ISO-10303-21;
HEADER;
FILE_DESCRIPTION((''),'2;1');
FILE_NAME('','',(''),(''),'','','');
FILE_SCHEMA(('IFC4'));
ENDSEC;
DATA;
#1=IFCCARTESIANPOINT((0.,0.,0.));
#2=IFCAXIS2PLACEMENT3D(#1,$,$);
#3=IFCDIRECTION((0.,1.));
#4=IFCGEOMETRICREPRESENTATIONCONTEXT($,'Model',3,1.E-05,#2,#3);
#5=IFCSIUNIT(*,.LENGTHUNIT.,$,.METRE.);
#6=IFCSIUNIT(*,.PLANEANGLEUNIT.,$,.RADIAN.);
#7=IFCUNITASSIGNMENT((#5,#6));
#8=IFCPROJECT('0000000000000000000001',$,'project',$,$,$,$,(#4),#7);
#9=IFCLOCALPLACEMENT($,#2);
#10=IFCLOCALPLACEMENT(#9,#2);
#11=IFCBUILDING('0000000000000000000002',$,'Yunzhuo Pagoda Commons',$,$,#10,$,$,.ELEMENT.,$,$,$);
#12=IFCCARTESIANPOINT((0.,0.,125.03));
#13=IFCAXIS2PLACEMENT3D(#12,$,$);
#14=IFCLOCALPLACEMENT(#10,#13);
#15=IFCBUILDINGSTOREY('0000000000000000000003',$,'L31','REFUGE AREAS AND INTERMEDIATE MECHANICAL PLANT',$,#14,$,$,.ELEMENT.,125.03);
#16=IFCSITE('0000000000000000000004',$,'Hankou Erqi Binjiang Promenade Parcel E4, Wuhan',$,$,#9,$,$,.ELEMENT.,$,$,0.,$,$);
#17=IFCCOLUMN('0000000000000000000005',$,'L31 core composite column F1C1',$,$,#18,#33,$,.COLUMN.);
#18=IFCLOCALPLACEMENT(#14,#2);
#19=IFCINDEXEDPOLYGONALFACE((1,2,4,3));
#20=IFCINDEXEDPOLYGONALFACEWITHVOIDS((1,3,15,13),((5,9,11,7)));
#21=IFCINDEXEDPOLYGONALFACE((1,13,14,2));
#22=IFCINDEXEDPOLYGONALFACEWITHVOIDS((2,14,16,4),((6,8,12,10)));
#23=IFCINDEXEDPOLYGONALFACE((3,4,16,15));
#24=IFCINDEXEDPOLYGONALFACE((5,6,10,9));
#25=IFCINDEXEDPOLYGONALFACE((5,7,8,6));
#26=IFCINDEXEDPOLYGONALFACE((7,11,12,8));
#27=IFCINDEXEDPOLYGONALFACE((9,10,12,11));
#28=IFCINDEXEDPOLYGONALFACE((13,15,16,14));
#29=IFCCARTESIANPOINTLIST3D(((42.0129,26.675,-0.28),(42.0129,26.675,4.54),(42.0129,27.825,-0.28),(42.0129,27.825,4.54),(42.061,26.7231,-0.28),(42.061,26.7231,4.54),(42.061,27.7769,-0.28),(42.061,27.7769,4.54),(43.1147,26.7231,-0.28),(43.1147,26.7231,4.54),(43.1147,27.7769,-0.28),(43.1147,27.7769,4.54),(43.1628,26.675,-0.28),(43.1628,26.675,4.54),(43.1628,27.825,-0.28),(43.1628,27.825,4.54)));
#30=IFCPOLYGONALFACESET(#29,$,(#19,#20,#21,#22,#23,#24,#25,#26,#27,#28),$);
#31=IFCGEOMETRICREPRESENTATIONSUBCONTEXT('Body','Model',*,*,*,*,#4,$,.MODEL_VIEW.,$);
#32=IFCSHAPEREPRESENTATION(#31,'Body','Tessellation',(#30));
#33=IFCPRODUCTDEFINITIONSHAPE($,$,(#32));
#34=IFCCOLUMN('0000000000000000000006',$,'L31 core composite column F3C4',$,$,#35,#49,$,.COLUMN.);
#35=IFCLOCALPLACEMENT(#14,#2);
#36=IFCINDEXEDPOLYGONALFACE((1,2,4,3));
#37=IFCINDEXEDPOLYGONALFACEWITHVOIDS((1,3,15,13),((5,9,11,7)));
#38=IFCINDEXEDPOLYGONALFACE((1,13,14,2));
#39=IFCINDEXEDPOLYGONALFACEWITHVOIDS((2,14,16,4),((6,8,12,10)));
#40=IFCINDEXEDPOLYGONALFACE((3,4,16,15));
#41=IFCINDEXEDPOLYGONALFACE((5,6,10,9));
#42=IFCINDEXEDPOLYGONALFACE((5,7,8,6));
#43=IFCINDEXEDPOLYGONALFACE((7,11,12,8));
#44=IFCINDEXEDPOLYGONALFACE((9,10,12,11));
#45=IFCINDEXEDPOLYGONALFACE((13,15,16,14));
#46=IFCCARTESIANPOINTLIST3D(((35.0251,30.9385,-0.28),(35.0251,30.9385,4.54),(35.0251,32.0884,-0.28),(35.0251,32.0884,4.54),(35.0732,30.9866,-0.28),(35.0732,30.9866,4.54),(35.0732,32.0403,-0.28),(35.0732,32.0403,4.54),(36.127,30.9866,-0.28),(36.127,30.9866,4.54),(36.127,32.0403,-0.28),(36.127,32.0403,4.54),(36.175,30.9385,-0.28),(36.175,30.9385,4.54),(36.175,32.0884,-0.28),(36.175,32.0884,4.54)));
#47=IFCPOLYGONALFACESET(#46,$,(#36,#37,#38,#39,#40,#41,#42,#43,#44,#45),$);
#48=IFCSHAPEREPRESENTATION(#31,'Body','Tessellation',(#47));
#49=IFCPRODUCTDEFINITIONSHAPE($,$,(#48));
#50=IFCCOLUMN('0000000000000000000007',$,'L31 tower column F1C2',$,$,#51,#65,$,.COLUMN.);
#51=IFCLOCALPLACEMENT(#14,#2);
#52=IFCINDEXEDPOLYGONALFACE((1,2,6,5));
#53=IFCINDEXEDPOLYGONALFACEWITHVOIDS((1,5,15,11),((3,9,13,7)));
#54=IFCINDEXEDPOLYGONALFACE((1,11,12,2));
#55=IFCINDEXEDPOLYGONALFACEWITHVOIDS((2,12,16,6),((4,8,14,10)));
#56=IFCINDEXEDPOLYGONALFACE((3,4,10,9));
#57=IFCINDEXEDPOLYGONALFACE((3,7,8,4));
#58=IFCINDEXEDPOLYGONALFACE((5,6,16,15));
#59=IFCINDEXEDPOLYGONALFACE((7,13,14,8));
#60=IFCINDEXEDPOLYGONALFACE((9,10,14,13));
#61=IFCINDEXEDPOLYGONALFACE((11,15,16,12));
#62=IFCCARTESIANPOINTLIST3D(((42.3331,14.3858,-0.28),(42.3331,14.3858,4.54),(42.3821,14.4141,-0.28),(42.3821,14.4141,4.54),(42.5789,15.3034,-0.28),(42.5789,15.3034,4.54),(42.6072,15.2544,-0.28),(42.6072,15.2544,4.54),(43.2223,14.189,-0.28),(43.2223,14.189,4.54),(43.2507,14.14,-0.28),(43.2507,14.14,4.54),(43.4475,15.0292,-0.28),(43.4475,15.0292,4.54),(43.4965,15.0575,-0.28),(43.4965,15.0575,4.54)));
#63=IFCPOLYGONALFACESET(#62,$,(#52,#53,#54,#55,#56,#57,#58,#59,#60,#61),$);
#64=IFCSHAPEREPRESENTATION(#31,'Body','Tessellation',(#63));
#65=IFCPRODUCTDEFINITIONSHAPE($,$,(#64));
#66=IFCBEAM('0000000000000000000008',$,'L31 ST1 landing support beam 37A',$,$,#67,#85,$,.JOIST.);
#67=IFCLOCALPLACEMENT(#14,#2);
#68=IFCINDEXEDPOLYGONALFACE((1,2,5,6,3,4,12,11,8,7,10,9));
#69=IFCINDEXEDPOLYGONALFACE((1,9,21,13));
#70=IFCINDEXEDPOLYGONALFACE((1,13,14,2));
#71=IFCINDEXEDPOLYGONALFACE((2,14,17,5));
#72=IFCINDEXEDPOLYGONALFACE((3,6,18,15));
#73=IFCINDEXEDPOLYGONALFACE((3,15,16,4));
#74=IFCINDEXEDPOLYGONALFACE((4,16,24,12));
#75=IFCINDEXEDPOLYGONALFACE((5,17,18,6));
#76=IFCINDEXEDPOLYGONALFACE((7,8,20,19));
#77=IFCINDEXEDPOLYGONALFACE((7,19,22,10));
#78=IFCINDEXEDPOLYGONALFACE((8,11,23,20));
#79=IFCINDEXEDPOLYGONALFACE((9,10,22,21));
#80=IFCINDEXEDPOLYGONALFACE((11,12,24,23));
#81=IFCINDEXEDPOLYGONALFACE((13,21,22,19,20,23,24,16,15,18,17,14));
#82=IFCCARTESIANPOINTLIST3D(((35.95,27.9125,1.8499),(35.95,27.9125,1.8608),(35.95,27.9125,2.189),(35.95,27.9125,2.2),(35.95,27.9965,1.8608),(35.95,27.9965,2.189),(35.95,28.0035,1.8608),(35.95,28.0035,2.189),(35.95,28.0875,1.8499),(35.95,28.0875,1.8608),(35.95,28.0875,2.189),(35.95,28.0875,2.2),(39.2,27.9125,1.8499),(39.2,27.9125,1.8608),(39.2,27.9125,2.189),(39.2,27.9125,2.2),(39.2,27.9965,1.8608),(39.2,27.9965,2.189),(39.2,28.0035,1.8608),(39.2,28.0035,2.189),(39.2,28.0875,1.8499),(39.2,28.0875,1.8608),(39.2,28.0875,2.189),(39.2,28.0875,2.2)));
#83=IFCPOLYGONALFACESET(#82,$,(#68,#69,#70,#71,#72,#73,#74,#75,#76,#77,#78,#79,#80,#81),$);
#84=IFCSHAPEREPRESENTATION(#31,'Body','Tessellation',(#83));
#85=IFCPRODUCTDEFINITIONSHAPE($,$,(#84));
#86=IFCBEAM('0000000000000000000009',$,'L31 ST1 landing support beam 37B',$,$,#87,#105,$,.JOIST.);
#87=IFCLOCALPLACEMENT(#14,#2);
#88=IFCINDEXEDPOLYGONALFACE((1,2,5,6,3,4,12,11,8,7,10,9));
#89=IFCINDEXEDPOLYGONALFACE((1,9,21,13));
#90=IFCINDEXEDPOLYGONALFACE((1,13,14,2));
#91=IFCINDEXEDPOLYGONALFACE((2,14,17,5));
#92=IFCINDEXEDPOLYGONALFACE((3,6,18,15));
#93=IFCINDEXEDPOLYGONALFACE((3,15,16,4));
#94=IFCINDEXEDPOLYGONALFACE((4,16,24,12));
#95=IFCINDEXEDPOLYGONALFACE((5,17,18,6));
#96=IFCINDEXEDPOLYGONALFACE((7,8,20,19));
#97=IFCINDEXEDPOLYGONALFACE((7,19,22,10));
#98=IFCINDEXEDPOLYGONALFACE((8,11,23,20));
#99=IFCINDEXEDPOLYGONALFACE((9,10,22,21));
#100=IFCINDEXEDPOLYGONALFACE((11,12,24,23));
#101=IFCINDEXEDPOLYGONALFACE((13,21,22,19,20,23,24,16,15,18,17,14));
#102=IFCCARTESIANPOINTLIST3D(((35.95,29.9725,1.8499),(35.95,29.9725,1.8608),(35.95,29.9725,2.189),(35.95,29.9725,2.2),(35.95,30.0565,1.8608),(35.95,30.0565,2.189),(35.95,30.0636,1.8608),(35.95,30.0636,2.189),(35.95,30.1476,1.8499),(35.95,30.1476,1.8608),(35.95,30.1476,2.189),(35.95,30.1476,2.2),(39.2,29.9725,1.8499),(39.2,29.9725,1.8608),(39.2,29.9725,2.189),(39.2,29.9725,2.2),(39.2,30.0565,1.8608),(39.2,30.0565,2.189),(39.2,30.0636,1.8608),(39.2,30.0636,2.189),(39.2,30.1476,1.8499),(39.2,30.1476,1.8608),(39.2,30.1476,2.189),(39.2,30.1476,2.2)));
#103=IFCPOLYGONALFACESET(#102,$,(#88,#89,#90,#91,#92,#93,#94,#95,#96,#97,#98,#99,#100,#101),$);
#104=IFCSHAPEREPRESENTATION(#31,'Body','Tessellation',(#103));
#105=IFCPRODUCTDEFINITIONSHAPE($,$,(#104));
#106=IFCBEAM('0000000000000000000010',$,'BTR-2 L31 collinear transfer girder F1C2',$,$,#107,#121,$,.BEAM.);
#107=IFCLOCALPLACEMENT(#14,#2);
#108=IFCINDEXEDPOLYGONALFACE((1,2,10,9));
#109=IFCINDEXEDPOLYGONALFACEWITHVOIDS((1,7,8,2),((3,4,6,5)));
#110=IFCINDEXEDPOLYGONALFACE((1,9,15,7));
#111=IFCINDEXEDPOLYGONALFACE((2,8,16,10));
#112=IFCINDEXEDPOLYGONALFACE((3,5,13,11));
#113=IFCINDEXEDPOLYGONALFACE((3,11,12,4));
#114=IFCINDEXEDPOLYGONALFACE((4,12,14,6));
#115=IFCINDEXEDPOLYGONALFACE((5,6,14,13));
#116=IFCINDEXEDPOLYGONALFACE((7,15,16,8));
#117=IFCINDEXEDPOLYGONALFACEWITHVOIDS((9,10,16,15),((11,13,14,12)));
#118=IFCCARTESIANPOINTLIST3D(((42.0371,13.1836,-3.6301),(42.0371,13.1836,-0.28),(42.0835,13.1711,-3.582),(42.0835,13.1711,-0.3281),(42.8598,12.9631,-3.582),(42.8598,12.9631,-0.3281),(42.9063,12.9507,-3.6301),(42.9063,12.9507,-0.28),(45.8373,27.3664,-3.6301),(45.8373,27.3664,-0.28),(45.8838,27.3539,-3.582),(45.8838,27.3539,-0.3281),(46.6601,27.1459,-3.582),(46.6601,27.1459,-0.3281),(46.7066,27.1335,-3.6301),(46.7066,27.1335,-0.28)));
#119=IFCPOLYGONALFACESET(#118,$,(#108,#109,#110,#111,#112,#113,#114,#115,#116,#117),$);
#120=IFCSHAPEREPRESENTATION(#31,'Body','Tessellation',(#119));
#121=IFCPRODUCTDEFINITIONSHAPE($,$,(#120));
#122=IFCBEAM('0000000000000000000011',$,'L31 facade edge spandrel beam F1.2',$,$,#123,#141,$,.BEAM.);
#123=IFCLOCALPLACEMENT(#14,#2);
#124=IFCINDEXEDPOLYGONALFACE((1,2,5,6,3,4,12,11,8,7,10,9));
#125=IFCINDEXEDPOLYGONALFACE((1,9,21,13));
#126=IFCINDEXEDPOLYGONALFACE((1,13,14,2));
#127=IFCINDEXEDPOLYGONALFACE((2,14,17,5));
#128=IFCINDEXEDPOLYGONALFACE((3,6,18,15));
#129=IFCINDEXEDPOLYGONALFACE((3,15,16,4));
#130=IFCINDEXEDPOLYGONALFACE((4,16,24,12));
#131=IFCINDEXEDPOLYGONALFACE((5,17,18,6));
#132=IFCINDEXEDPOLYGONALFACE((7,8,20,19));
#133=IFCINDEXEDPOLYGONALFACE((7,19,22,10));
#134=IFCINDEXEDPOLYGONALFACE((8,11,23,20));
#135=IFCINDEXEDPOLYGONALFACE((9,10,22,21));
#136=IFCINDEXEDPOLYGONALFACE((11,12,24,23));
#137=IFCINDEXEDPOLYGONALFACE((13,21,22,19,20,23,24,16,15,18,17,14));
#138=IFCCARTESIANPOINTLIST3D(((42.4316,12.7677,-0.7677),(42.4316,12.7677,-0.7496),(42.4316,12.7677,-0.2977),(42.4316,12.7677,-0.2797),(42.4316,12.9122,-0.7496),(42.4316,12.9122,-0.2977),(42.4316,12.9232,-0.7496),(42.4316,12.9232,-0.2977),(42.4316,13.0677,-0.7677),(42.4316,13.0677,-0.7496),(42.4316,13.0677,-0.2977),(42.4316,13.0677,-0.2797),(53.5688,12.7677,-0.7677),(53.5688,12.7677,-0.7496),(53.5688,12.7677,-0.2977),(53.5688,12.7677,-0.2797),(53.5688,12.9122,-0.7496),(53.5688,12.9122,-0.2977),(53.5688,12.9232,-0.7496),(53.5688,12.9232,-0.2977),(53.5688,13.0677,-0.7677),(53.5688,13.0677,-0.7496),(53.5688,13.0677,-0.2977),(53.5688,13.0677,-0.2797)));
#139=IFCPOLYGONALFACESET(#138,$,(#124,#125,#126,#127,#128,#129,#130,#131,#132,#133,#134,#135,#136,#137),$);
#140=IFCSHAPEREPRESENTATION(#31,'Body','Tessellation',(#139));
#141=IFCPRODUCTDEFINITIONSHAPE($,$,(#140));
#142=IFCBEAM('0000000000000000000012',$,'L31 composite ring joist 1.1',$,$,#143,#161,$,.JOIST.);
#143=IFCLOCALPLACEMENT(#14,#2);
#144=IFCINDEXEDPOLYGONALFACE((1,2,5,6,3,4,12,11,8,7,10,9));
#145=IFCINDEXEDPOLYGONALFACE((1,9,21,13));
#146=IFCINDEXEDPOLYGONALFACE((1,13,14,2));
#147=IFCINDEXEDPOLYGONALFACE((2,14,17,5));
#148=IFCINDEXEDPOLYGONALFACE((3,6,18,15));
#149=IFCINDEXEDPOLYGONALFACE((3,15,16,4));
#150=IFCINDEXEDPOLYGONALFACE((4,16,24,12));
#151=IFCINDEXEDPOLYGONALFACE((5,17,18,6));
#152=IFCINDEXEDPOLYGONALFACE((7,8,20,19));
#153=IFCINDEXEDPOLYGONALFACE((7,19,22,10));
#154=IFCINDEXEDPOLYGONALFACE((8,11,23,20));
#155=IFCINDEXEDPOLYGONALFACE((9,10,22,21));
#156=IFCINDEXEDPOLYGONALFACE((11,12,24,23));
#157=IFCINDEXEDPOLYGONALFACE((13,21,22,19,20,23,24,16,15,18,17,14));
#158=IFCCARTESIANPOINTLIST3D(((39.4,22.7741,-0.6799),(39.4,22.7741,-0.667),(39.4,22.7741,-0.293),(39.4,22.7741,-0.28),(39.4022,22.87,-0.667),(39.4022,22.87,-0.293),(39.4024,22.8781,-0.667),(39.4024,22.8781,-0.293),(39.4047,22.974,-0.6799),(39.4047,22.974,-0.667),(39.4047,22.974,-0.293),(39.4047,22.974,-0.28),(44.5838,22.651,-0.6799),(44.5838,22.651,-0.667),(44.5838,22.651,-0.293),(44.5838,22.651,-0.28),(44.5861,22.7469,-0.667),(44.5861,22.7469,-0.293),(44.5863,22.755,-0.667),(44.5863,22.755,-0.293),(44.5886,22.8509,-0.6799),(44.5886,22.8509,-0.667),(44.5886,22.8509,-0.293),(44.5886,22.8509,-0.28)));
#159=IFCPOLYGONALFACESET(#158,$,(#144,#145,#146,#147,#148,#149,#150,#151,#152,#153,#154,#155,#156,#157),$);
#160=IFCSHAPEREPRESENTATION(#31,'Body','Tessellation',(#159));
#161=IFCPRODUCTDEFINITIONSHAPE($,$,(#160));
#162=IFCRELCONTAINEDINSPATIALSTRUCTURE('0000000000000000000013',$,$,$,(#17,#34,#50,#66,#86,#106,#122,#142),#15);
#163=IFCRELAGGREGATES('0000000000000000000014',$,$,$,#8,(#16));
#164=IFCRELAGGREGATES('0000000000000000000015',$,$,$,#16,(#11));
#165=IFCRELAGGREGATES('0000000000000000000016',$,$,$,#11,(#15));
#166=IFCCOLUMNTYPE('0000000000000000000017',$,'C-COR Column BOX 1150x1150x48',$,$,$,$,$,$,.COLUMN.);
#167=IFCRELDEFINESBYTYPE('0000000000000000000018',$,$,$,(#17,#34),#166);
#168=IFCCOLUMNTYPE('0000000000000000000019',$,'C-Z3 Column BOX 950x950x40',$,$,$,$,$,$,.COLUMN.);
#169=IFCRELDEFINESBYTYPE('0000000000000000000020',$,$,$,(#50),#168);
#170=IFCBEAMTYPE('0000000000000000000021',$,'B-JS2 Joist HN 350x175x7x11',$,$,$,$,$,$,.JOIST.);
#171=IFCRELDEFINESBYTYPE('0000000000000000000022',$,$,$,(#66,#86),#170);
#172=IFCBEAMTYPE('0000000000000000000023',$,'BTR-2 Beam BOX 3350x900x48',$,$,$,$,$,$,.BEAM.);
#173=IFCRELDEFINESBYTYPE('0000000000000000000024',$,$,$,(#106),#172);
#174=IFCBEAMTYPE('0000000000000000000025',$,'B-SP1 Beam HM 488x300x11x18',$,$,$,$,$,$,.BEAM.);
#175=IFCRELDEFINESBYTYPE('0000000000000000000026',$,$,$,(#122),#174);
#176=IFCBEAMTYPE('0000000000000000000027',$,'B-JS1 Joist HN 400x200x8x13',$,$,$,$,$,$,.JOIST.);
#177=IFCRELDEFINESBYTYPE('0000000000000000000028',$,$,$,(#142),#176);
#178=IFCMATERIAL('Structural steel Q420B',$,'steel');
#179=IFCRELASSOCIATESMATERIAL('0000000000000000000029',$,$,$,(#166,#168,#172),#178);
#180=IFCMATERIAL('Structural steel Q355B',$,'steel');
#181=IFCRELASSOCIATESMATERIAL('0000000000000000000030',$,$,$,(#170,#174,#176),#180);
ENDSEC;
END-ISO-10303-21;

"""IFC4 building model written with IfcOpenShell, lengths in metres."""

from ifc_helpers import new_model, si_unit, direction, frame, origin, origin_2d, place, context, subcontext, project, spatial, hollow_rectangle, i_section, extrude, source, transform, mapped, material, material_profile, profile_set, type_object, element, save


model = new_model("IFC4")

# Units and contexts
model_context = context("Model", 3, precision=1e-05, world=origin(), true_north=direction((0.0, 1.0)))
body_context = subcontext(model_context, "Body", "Model", "MODEL_VIEW")
ifc_project = project(units=[si_unit("LENGTHUNIT", "METRE"), si_unit("PLANEANGLEUNIT", "RADIAN")], contexts=[model_context])

# Site, building, storey
site_placement = place(None, origin())
site = spatial("IfcSite", under=ifc_project, at=site_placement, Name="Hankou Erqi Binjiang Promenade Parcel E4, Wuhan", CompositionType="ELEMENT", RefElevation=0.0)
building_placement = place(site_placement, origin())
building = spatial("IfcBuilding", under=site, at=building_placement, Name="Yunzhuo Pagoda Commons", CompositionType="ELEMENT")
storey_placement = place(building_placement, frame((0.0, 0.0, 125.03)))
storey = spatial("IfcBuildingStorey", under=building, at=storey_placement, Name="L31", Description="REFUGE AREAS AND INTERMEDIATE MECHANICAL PLANT", CompositionType="ELEMENT", Elevation=125.03)

# Columns
ifc_material_1 = material(Name="Structural steel Q420B", Category="steel")
ifc_material_profile_1 = material_profile(ifc_material_1, hollow_rectangle(XDim=1.1499, YDim=1.1499, WallThickness=0.0481, at=origin_2d()), Name="Structural steel Q420B")
ifc_profile_set_1 = profile_set([ifc_material_profile_1], Name="Structural steel Q420B")
column_type_1 = type_object("IfcColumnType", Name="C-COR Column BOX 1150x1150x48", PredefinedType="COLUMN", material=ifc_profile_set_1)
shared_shape_1 = source(origin(), body_context, "Body", "SweptSolid", [
    extrude(hollow_rectangle(XDim=1.1499, YDim=1.1499, WallThickness=0.0481, at=origin_2d()), origin(), (0.0, 0.0, 1.0), 4.8201),
])
for number, where, z_axis, x_axis, name in (
    (1, (42.5879, 27.25, -0.28), (0.0, 0.0, 1.0), (1.0, 0.0, 0.0), "L31 core composite column F1C1"),
    (2, (35.6001, 31.5134, -0.28), (0.0, 0.0, 1.0), (1.0, 0.0, 0.0), "L31 core composite column F3C4"),
):
    element("IfcColumn", number, at=place(storey_placement, frame(where, z_axis=z_axis, x_axis=x_axis)), inside=storey, type_object=column_type_1, Name=name, PredefinedType="COLUMN", context=body_context, shape_type="MappedRepresentation", body=[
        mapped(shared_shape_1, transform((0.0, 0.0, 0.0), scale=1.0)),
    ])
ifc_material_profile_2 = material_profile(ifc_material_1, hollow_rectangle(XDim=0.95, YDim=0.95, WallThickness=0.04, at=origin_2d()), Name="Structural steel Q420B")
ifc_profile_set_2 = profile_set([ifc_material_profile_2], Name="Structural steel Q420B")
column_type_2 = type_object("IfcColumnType", Name="C-Z3 Column BOX 950x950x40", PredefinedType="COLUMN", material=ifc_profile_set_2)
shared_shape_2 = source(origin(), body_context, "Body", "SweptSolid", [
    extrude(hollow_rectangle(XDim=0.95, YDim=0.95, WallThickness=0.04, at=origin_2d()), origin(), (0.0, 0.0, 1.0), 4.8201),
])
column_placement = place(storey_placement, frame((42.9148, 14.7217, -0.28), z_axis=(0.0, 0.0, 1.0), x_axis=(0.965926, -0.258819, 0.0)))
element("IfcColumn", 3, at=column_placement, inside=storey, type_object=column_type_2, Name="L31 tower column F1C2", PredefinedType="COLUMN", context=body_context, shape_type="MappedRepresentation", body=[
    mapped(shared_shape_2, transform((0.0, 0.0, 0.0), scale=1.0)),
])

# Beams
ifc_material_2 = material(Name="Structural steel Q355B", Category="steel")
ifc_material_profile_3 = material_profile(ifc_material_2, i_section(OverallWidth=0.175, OverallDepth=0.3501, WebThickness=0.0071, FlangeThickness=0.011, at=origin_2d()), Name="Structural steel Q355B")
ifc_profile_set_3 = profile_set([ifc_material_profile_3], Name="Structural steel Q355B")
beam_type_1 = type_object("IfcBeamType", Name="B-JS2 Joist HN 350x175x7x11", PredefinedType="JOIST", material=ifc_profile_set_3)
shared_shape_3 = source(origin(), body_context, "Body", "SweptSolid", [
    extrude(i_section(OverallWidth=0.175, OverallDepth=0.3501, WebThickness=0.0071, FlangeThickness=0.011, at=origin_2d()), origin(), (0.0, 0.0, 1.0), 3.25),
])
for number, where, z_axis, x_axis, name in (
    (4, (35.95, 28.0, 2.0249), (1.0, 0.0, 0.0), (0.0, 1.0, 0.0), "L31 ST1 landing support beam 37A"),
    (5, (35.95, 30.0601, 2.0249), (1.0, 0.0, 0.0), (0.0, 1.0, 0.0), "L31 ST1 landing support beam 37B"),
):
    element("IfcBeam", number, at=place(storey_placement, frame(where, z_axis=z_axis, x_axis=x_axis)), inside=storey, type_object=beam_type_1, Name=name, PredefinedType="JOIST", context=body_context, shape_type="MappedRepresentation", body=[
        mapped(shared_shape_3, transform((0.0, 0.0, 0.0), scale=1.0)),
    ])
ifc_material_profile_4 = material_profile(ifc_material_1, hollow_rectangle(XDim=0.8999, YDim=3.3501, WallThickness=0.0481, at=origin_2d()), Name="Structural steel Q420B")
ifc_profile_set_4 = profile_set([ifc_material_profile_4], Name="Structural steel Q420B")
beam_type_2 = type_object("IfcBeamType", Name="BTR-2 Beam BOX 3350x900x48", PredefinedType="BEAM", material=ifc_profile_set_4)
shared_shape_4 = source(origin(), body_context, "Body", "SweptSolid", [
    extrude(hollow_rectangle(XDim=0.8999, YDim=3.3501, WallThickness=0.0481, at=origin_2d()), origin(), (0.0, 0.0, 1.0), 14.6831),
])
beam_1_placement = place(storey_placement, frame((42.4717, 13.0671, -1.9551), z_axis=(0.258819, 0.965926, 0.0), x_axis=(-0.965926, 0.258819, 0.0)))
element("IfcBeam", 6, at=beam_1_placement, inside=storey, type_object=beam_type_2, Name="BTR-2 L31 collinear transfer girder F1C2", PredefinedType="BEAM", context=body_context, shape_type="MappedRepresentation", body=[
    mapped(shared_shape_4, transform((0.0, 0.0, 0.0), scale=1.0)),
])
ifc_material_profile_5 = material_profile(ifc_material_2, i_section(OverallWidth=0.3, OverallDepth=0.488, WebThickness=0.011, FlangeThickness=0.0181, at=origin_2d()), Name="Structural steel Q355B")
ifc_profile_set_5 = profile_set([ifc_material_profile_5], Name="Structural steel Q355B")
beam_type_3 = type_object("IfcBeamType", Name="B-SP1 Beam HM 488x300x11x18", PredefinedType="BEAM", material=ifc_profile_set_5)
shared_shape_5 = source(origin(), body_context, "Body", "SweptSolid", [
    extrude(i_section(OverallWidth=0.3, OverallDepth=0.488, WebThickness=0.011, FlangeThickness=0.0181, at=origin_2d()), origin(), (0.0, 0.0, 1.0), 11.1372),
])
beam_2_placement = place(storey_placement, frame((42.4316, 12.9177, -0.5237), z_axis=(1.0, 0.0, 0.0), x_axis=(0.0, 1.0, 0.0)))
element("IfcBeam", 7, at=beam_2_placement, inside=storey, type_object=beam_type_3, Name="L31 facade edge spandrel beam F1.2", PredefinedType="BEAM", context=body_context, shape_type="MappedRepresentation", body=[
    mapped(shared_shape_5, transform((0.0, 0.0, 0.0), scale=1.0)),
])
ifc_material_profile_6 = material_profile(ifc_material_2, i_section(OverallWidth=0.2, OverallDepth=0.3999, WebThickness=0.0081, FlangeThickness=0.0129, at=origin_2d()), Name="Structural steel Q355B")
ifc_profile_set_6 = profile_set([ifc_material_profile_6], Name="Structural steel Q355B")
beam_type_4 = type_object("IfcBeamType", Name="B-JS1 Joist HN 400x200x8x13", PredefinedType="JOIST", material=ifc_profile_set_6)
shared_shape_6 = source(origin(), body_context, "Body", "SweptSolid", [
    extrude(i_section(OverallWidth=0.2, OverallDepth=0.3999, WebThickness=0.0081, FlangeThickness=0.0129, at=origin_2d()), origin(), (0.0, 0.0, 1.0), 5.1853),
])
beam_3_placement = place(storey_placement, frame((39.4023, 22.874, -0.48), z_axis=(0.999718, -0.02373, 0.0), x_axis=(0.02373, 0.999718, 0.0)))
element("IfcBeam", 8, at=beam_3_placement, inside=storey, type_object=beam_type_4, Name="L31 composite ring joist 1.1", PredefinedType="JOIST", context=body_context, shape_type="MappedRepresentation", body=[
    mapped(shared_shape_6, transform((0.0, 0.0, 0.0), scale=1.0)),
])

save(model, "model.ifc")
